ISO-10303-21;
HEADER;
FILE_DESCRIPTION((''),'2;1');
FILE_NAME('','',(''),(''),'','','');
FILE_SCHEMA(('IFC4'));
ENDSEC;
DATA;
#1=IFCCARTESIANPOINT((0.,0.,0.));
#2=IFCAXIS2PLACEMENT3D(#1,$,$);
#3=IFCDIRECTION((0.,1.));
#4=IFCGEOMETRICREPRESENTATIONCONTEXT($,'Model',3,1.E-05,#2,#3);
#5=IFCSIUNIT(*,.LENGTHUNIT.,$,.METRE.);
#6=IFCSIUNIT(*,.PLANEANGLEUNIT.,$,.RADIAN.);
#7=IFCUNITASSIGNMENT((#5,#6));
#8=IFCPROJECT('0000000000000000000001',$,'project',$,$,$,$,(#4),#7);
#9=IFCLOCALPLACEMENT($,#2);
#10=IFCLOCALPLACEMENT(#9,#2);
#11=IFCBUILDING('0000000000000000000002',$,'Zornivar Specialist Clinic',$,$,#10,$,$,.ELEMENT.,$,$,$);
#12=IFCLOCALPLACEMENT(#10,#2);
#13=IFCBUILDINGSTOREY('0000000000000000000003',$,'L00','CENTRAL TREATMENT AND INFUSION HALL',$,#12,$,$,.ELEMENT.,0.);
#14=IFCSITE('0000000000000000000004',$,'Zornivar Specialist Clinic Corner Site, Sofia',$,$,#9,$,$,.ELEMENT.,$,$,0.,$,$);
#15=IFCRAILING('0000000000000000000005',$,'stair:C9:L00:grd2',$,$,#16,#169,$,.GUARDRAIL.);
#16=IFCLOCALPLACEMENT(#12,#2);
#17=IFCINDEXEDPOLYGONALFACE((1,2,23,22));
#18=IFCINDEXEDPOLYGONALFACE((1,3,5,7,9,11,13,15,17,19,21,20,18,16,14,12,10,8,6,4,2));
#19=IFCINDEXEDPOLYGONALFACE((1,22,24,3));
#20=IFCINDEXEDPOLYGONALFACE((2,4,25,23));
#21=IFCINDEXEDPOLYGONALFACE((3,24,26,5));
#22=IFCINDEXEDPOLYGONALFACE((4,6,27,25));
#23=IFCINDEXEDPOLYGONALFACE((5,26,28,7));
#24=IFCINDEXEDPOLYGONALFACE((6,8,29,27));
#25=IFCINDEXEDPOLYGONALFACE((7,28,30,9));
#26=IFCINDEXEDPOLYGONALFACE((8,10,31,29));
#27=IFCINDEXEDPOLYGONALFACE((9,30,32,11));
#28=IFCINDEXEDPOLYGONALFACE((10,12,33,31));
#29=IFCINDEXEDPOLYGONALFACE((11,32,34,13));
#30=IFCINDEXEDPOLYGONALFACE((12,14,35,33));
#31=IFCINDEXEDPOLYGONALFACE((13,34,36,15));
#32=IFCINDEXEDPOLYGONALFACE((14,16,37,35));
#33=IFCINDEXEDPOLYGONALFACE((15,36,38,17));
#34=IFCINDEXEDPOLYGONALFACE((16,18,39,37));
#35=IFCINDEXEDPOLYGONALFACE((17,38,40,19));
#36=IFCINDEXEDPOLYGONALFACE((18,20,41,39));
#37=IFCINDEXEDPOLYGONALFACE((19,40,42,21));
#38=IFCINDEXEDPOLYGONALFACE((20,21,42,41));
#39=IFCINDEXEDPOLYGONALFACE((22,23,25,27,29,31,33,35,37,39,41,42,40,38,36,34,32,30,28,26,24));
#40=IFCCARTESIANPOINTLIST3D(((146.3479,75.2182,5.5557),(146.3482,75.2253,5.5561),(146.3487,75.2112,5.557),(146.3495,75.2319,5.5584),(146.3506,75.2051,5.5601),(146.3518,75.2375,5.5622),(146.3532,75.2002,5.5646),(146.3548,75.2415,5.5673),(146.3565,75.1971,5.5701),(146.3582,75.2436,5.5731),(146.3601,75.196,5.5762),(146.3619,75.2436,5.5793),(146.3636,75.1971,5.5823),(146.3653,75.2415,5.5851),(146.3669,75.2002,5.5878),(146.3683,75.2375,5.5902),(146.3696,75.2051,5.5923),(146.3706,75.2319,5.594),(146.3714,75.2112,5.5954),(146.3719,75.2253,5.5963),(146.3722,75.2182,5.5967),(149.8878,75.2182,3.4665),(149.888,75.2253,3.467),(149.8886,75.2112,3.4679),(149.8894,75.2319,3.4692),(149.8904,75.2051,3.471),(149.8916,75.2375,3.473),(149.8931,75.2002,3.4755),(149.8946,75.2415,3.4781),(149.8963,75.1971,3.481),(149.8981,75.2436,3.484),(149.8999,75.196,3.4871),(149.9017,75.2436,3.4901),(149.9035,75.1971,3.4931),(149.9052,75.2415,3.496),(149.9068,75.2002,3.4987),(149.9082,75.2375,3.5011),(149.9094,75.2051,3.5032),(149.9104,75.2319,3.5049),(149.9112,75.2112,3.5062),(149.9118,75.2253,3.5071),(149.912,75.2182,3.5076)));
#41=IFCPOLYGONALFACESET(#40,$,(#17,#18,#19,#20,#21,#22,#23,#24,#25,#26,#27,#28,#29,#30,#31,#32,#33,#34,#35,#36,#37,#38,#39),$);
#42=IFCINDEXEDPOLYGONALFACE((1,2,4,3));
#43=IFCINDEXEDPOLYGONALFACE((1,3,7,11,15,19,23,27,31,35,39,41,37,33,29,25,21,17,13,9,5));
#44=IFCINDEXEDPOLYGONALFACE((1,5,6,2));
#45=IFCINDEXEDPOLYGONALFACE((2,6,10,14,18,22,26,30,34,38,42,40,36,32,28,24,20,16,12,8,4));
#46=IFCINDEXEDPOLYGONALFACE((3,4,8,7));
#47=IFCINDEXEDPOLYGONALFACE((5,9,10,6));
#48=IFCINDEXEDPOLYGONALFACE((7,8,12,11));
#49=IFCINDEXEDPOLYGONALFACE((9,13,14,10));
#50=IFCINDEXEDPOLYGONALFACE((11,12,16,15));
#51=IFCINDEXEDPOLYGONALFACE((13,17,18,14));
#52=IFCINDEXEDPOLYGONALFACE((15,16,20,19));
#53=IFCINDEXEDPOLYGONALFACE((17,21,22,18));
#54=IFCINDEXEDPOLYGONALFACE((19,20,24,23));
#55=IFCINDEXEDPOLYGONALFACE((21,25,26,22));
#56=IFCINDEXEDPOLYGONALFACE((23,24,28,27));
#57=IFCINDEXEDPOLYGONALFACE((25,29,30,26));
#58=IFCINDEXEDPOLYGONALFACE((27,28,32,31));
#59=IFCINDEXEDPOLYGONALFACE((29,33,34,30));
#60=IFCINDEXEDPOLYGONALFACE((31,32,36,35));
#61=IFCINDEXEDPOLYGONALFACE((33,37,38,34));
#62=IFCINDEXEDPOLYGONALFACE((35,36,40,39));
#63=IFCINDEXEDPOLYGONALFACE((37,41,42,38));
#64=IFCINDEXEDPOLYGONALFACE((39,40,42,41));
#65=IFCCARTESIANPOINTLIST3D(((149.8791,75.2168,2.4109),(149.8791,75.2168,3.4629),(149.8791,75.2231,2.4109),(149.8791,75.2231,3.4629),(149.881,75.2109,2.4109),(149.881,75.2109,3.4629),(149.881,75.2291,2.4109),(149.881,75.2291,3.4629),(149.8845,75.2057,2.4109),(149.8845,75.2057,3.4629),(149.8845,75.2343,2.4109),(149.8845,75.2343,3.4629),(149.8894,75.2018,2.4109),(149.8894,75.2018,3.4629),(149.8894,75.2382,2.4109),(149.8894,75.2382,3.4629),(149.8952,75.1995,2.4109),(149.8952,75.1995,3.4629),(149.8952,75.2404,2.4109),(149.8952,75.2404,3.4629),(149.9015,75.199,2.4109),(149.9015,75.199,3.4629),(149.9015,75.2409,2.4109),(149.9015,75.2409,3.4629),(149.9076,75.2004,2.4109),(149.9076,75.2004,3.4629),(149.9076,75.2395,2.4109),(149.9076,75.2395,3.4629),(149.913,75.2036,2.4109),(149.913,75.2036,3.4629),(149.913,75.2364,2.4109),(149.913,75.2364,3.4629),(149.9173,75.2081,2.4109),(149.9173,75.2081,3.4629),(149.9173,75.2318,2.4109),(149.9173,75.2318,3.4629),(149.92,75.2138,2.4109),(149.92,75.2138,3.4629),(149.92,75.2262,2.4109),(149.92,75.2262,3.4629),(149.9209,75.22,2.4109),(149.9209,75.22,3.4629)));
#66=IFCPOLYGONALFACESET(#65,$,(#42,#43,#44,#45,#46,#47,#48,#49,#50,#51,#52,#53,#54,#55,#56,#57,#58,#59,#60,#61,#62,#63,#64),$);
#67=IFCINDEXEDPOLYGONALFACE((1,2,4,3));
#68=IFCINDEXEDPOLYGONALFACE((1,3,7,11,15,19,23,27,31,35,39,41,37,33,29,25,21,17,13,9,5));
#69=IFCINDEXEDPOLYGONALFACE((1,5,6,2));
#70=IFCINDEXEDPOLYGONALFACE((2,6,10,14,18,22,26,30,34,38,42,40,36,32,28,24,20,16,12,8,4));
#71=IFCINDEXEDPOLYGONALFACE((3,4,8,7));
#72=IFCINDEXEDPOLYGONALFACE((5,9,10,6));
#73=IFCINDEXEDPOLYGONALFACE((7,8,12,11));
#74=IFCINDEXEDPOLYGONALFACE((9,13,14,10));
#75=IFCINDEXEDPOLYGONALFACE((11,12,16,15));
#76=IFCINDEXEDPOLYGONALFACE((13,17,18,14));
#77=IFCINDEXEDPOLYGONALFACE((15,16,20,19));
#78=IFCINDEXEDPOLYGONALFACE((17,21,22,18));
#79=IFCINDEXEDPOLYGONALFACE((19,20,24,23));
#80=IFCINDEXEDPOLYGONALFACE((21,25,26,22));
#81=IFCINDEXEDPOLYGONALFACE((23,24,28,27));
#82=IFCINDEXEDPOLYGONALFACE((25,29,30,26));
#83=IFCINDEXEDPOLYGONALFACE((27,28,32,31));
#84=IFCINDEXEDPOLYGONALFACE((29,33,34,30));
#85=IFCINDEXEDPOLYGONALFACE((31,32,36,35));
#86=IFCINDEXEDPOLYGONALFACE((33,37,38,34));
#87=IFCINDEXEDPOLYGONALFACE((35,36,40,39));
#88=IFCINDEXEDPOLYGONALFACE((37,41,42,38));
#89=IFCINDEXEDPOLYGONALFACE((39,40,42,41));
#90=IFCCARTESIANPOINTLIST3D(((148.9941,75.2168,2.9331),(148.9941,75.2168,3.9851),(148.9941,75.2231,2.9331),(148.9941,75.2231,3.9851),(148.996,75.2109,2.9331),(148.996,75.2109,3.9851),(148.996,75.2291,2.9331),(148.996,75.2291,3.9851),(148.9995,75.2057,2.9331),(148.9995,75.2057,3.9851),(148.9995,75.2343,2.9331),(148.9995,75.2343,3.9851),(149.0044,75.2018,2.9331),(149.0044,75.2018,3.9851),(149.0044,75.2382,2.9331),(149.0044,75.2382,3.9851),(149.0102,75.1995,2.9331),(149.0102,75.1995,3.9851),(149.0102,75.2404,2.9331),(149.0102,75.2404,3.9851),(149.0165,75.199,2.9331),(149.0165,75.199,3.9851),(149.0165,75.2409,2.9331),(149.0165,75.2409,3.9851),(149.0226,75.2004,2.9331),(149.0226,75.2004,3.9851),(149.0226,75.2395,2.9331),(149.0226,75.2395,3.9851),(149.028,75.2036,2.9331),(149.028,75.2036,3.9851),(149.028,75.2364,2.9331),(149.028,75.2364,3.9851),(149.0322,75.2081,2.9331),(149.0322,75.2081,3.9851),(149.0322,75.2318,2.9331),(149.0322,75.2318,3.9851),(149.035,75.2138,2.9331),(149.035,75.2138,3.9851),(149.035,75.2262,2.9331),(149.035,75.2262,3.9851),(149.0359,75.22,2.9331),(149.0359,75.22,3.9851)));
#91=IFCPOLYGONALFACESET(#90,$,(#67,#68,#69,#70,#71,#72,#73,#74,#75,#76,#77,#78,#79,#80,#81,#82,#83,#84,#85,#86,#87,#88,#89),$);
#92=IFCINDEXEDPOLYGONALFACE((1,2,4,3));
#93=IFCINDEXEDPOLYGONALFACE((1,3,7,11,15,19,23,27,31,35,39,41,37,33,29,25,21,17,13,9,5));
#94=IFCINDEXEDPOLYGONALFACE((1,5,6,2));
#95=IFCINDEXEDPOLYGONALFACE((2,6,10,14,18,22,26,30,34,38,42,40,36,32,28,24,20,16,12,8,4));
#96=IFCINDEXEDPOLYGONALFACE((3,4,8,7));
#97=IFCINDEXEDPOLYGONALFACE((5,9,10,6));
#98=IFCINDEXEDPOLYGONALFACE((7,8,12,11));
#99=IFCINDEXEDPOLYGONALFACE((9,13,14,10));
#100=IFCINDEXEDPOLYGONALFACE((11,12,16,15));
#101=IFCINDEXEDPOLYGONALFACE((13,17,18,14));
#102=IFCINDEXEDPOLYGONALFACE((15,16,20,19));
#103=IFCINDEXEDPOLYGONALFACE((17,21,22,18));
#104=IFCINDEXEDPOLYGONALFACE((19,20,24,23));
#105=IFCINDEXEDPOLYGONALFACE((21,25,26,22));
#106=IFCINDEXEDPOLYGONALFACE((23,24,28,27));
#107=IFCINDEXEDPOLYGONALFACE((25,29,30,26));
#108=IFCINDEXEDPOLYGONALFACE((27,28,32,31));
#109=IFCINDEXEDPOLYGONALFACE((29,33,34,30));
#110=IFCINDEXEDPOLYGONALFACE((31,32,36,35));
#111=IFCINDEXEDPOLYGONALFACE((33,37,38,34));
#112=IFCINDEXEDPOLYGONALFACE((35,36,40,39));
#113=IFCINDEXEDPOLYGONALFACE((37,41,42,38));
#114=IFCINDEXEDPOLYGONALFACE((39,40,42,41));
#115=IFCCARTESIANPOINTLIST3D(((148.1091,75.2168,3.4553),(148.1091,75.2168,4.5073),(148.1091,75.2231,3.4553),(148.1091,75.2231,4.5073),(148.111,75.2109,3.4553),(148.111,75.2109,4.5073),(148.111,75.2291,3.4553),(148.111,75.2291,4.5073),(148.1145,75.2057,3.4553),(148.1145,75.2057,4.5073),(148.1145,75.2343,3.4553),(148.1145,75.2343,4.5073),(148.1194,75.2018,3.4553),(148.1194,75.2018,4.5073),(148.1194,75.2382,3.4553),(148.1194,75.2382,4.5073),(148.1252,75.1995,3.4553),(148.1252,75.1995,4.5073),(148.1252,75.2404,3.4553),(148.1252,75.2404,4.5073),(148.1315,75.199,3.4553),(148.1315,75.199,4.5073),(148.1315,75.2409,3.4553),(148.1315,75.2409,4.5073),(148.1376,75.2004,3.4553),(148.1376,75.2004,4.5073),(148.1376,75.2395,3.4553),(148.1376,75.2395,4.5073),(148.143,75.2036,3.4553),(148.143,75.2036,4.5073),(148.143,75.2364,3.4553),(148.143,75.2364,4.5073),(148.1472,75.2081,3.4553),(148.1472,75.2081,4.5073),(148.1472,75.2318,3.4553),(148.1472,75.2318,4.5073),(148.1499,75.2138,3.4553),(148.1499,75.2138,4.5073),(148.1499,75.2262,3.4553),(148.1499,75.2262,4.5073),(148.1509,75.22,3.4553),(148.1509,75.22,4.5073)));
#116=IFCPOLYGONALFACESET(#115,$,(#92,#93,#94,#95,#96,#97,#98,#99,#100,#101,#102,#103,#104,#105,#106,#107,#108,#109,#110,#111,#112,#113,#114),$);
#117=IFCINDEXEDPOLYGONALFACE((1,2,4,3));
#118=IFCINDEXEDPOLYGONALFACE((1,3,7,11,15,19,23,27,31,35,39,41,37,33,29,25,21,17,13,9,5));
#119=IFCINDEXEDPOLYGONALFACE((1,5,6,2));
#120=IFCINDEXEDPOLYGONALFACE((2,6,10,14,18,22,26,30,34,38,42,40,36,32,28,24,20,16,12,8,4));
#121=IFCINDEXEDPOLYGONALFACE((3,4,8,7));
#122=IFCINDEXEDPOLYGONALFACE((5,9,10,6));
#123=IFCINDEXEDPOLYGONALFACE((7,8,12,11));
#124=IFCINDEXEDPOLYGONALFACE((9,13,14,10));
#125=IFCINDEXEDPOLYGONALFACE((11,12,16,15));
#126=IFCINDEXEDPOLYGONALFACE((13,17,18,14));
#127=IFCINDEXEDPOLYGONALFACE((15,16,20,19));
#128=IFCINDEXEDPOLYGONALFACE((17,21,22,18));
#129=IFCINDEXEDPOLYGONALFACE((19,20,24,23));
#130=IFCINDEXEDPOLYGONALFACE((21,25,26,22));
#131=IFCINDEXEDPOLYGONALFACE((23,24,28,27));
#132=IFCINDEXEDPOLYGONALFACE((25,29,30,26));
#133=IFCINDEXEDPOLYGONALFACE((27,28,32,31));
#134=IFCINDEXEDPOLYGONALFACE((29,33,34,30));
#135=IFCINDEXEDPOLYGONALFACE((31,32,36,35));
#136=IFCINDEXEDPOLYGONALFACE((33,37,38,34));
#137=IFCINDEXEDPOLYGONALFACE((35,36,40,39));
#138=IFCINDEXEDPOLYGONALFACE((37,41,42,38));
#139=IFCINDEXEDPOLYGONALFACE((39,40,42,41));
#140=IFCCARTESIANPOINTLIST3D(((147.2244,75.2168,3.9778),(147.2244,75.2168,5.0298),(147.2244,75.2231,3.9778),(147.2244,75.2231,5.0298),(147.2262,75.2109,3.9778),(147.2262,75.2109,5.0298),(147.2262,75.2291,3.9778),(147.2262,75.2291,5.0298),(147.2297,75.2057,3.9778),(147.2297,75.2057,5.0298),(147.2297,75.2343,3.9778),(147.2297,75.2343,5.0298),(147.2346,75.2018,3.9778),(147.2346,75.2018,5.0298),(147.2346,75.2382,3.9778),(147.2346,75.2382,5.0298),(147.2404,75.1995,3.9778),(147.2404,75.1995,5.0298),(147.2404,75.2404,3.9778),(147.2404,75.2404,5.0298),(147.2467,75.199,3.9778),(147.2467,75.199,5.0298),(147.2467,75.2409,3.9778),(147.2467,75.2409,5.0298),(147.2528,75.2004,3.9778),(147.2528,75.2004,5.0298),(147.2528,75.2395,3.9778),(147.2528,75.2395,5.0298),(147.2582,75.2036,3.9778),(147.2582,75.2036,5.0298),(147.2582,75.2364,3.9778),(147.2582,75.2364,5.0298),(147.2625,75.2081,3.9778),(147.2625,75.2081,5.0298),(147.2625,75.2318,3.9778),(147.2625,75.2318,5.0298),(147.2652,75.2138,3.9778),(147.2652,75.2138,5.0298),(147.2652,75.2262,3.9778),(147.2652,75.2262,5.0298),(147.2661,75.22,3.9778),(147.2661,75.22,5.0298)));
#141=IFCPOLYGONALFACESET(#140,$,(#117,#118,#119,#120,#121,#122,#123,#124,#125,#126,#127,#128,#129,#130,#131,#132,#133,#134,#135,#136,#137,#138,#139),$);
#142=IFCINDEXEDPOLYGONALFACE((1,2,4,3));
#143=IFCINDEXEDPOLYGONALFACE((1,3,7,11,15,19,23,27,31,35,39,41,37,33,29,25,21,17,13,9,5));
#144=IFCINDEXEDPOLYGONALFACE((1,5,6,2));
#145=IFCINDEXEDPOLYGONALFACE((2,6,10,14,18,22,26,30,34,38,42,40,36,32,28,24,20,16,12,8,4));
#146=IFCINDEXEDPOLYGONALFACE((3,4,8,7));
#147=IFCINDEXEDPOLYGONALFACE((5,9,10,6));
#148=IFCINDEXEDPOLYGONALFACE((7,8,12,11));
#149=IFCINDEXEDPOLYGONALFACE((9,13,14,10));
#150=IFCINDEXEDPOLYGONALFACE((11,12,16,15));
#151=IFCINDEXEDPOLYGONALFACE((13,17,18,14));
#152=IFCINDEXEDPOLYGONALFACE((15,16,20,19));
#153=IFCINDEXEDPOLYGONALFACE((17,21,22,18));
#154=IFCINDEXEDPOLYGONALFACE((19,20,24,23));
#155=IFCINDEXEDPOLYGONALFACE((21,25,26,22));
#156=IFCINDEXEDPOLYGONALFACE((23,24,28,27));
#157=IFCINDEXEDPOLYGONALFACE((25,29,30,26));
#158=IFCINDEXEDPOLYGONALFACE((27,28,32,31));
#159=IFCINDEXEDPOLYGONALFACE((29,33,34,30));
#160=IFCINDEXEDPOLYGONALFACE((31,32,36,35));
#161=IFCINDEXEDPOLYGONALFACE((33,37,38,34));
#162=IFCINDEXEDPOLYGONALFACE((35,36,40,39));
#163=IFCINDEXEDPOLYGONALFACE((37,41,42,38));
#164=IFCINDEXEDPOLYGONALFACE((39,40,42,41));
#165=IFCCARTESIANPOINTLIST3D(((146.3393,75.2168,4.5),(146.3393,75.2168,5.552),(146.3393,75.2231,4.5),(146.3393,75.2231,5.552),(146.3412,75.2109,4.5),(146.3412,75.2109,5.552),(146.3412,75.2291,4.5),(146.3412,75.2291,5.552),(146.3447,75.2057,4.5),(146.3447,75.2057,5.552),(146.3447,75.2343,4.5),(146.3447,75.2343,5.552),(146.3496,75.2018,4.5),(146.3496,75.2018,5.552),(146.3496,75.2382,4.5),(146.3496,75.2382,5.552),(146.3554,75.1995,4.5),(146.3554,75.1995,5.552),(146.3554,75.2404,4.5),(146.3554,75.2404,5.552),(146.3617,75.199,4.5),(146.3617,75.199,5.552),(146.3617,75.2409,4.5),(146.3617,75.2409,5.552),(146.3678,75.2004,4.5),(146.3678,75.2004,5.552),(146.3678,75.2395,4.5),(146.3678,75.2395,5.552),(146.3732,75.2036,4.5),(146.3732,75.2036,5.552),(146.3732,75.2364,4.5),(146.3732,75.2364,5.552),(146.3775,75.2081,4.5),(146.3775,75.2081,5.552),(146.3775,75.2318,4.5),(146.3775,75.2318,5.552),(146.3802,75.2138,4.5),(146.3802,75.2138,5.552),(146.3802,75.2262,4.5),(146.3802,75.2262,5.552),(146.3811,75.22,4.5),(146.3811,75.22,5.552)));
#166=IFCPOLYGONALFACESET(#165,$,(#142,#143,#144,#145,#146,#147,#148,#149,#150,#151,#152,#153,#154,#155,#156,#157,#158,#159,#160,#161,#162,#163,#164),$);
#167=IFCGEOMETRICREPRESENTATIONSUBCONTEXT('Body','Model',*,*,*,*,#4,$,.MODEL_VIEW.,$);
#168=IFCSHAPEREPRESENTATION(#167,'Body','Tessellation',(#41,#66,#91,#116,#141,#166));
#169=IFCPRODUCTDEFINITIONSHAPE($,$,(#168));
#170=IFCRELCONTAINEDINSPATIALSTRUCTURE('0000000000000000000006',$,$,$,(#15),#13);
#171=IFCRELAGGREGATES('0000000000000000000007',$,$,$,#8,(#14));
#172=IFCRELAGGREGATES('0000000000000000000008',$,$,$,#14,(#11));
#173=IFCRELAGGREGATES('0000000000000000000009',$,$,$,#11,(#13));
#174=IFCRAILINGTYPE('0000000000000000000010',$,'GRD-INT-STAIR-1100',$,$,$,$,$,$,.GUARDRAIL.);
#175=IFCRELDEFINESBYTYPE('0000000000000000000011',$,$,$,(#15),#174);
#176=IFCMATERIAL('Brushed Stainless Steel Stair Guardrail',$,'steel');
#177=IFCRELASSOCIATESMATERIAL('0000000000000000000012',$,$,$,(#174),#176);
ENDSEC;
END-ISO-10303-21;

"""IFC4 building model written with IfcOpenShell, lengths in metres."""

from ifc_helpers import new_model, si_unit, direction, frame, origin, origin_2d, place, context, subcontext, project, spatial, circle, extrude, material, type_object, element, save


model = new_model("IFC4")

# Units and contexts
model_context = context("Model", 3, precision=1e-05, world=origin(), true_north=direction((0.0, 1.0)))
body_context = subcontext(model_context, "Body", "Model", "MODEL_VIEW")
ifc_project = project(units=[si_unit("LENGTHUNIT", "METRE"), si_unit("PLANEANGLEUNIT", "RADIAN")], contexts=[model_context])

# Site, building, storey
site_placement = place(None, origin())
site = spatial("IfcSite", under=ifc_project, at=site_placement, Name="Zornivar Specialist Clinic Corner Site, Sofia", CompositionType="ELEMENT", RefElevation=0.0)
building_placement = place(site_placement, origin())
building = spatial("IfcBuilding", under=site, at=building_placement, Name="Zornivar Specialist Clinic", CompositionType="ELEMENT")
storey_placement = place(building_placement, origin())
storey = spatial("IfcBuildingStorey", under=building, at=storey_placement, Name="L00", Description="CENTRAL TREATMENT AND INFUSION HALL", CompositionType="ELEMENT", Elevation=0.0)

# Railing
ifc_material_1 = material(Name="Brushed Stainless Steel Stair Guardrail", Category="steel")
railing_type_1 = type_object("IfcRailingType", Name="GRD-INT-STAIR-1100", PredefinedType="GUARDRAIL", material=ifc_material_1)
railing_1_placement = place(storey_placement, frame((149.8999, 75.22, 2.4109)))
element("IfcRailing", 1, at=railing_1_placement, inside=storey, type_object=railing_type_1, Name="stair:C9:L00:grd2", PredefinedType="GUARDRAIL", context=body_context, shape_type="SweptSolid", body=[
    extrude(circle(Radius=0.0239, at=origin_2d()), frame((0.0, 0.0, 1.0762), z_axis=(-0.861202, 0.0, 0.508263), x_axis=(0.0, -1.0, 0.0)), (0.0, 0.0, 1.0), 4.1104),
    extrude(circle(Radius=0.021, at=origin_2d()), origin(), (0.0, 0.0, 1.0), 1.052),
    extrude(circle(Radius=0.021, at=origin_2d()), frame((-0.885, 0.0, 0.5222)), (0.0, 0.0, 1.0), 1.052),
    extrude(circle(Radius=0.021, at=origin_2d()), frame((-1.77, 0.0, 1.0444)), (0.0, 0.0, 1.0), 1.052),
    extrude(circle(Radius=0.021, at=origin_2d()), frame((-2.6548, 0.0, 1.5669)), (0.0, 0.0, 1.0), 1.052),
    extrude(circle(Radius=0.021, at=origin_2d()), frame((-3.5398, 0.0, 2.0891)), (0.0, 0.0, 1.0), 1.052),
])

save(model, "model.ifc")
